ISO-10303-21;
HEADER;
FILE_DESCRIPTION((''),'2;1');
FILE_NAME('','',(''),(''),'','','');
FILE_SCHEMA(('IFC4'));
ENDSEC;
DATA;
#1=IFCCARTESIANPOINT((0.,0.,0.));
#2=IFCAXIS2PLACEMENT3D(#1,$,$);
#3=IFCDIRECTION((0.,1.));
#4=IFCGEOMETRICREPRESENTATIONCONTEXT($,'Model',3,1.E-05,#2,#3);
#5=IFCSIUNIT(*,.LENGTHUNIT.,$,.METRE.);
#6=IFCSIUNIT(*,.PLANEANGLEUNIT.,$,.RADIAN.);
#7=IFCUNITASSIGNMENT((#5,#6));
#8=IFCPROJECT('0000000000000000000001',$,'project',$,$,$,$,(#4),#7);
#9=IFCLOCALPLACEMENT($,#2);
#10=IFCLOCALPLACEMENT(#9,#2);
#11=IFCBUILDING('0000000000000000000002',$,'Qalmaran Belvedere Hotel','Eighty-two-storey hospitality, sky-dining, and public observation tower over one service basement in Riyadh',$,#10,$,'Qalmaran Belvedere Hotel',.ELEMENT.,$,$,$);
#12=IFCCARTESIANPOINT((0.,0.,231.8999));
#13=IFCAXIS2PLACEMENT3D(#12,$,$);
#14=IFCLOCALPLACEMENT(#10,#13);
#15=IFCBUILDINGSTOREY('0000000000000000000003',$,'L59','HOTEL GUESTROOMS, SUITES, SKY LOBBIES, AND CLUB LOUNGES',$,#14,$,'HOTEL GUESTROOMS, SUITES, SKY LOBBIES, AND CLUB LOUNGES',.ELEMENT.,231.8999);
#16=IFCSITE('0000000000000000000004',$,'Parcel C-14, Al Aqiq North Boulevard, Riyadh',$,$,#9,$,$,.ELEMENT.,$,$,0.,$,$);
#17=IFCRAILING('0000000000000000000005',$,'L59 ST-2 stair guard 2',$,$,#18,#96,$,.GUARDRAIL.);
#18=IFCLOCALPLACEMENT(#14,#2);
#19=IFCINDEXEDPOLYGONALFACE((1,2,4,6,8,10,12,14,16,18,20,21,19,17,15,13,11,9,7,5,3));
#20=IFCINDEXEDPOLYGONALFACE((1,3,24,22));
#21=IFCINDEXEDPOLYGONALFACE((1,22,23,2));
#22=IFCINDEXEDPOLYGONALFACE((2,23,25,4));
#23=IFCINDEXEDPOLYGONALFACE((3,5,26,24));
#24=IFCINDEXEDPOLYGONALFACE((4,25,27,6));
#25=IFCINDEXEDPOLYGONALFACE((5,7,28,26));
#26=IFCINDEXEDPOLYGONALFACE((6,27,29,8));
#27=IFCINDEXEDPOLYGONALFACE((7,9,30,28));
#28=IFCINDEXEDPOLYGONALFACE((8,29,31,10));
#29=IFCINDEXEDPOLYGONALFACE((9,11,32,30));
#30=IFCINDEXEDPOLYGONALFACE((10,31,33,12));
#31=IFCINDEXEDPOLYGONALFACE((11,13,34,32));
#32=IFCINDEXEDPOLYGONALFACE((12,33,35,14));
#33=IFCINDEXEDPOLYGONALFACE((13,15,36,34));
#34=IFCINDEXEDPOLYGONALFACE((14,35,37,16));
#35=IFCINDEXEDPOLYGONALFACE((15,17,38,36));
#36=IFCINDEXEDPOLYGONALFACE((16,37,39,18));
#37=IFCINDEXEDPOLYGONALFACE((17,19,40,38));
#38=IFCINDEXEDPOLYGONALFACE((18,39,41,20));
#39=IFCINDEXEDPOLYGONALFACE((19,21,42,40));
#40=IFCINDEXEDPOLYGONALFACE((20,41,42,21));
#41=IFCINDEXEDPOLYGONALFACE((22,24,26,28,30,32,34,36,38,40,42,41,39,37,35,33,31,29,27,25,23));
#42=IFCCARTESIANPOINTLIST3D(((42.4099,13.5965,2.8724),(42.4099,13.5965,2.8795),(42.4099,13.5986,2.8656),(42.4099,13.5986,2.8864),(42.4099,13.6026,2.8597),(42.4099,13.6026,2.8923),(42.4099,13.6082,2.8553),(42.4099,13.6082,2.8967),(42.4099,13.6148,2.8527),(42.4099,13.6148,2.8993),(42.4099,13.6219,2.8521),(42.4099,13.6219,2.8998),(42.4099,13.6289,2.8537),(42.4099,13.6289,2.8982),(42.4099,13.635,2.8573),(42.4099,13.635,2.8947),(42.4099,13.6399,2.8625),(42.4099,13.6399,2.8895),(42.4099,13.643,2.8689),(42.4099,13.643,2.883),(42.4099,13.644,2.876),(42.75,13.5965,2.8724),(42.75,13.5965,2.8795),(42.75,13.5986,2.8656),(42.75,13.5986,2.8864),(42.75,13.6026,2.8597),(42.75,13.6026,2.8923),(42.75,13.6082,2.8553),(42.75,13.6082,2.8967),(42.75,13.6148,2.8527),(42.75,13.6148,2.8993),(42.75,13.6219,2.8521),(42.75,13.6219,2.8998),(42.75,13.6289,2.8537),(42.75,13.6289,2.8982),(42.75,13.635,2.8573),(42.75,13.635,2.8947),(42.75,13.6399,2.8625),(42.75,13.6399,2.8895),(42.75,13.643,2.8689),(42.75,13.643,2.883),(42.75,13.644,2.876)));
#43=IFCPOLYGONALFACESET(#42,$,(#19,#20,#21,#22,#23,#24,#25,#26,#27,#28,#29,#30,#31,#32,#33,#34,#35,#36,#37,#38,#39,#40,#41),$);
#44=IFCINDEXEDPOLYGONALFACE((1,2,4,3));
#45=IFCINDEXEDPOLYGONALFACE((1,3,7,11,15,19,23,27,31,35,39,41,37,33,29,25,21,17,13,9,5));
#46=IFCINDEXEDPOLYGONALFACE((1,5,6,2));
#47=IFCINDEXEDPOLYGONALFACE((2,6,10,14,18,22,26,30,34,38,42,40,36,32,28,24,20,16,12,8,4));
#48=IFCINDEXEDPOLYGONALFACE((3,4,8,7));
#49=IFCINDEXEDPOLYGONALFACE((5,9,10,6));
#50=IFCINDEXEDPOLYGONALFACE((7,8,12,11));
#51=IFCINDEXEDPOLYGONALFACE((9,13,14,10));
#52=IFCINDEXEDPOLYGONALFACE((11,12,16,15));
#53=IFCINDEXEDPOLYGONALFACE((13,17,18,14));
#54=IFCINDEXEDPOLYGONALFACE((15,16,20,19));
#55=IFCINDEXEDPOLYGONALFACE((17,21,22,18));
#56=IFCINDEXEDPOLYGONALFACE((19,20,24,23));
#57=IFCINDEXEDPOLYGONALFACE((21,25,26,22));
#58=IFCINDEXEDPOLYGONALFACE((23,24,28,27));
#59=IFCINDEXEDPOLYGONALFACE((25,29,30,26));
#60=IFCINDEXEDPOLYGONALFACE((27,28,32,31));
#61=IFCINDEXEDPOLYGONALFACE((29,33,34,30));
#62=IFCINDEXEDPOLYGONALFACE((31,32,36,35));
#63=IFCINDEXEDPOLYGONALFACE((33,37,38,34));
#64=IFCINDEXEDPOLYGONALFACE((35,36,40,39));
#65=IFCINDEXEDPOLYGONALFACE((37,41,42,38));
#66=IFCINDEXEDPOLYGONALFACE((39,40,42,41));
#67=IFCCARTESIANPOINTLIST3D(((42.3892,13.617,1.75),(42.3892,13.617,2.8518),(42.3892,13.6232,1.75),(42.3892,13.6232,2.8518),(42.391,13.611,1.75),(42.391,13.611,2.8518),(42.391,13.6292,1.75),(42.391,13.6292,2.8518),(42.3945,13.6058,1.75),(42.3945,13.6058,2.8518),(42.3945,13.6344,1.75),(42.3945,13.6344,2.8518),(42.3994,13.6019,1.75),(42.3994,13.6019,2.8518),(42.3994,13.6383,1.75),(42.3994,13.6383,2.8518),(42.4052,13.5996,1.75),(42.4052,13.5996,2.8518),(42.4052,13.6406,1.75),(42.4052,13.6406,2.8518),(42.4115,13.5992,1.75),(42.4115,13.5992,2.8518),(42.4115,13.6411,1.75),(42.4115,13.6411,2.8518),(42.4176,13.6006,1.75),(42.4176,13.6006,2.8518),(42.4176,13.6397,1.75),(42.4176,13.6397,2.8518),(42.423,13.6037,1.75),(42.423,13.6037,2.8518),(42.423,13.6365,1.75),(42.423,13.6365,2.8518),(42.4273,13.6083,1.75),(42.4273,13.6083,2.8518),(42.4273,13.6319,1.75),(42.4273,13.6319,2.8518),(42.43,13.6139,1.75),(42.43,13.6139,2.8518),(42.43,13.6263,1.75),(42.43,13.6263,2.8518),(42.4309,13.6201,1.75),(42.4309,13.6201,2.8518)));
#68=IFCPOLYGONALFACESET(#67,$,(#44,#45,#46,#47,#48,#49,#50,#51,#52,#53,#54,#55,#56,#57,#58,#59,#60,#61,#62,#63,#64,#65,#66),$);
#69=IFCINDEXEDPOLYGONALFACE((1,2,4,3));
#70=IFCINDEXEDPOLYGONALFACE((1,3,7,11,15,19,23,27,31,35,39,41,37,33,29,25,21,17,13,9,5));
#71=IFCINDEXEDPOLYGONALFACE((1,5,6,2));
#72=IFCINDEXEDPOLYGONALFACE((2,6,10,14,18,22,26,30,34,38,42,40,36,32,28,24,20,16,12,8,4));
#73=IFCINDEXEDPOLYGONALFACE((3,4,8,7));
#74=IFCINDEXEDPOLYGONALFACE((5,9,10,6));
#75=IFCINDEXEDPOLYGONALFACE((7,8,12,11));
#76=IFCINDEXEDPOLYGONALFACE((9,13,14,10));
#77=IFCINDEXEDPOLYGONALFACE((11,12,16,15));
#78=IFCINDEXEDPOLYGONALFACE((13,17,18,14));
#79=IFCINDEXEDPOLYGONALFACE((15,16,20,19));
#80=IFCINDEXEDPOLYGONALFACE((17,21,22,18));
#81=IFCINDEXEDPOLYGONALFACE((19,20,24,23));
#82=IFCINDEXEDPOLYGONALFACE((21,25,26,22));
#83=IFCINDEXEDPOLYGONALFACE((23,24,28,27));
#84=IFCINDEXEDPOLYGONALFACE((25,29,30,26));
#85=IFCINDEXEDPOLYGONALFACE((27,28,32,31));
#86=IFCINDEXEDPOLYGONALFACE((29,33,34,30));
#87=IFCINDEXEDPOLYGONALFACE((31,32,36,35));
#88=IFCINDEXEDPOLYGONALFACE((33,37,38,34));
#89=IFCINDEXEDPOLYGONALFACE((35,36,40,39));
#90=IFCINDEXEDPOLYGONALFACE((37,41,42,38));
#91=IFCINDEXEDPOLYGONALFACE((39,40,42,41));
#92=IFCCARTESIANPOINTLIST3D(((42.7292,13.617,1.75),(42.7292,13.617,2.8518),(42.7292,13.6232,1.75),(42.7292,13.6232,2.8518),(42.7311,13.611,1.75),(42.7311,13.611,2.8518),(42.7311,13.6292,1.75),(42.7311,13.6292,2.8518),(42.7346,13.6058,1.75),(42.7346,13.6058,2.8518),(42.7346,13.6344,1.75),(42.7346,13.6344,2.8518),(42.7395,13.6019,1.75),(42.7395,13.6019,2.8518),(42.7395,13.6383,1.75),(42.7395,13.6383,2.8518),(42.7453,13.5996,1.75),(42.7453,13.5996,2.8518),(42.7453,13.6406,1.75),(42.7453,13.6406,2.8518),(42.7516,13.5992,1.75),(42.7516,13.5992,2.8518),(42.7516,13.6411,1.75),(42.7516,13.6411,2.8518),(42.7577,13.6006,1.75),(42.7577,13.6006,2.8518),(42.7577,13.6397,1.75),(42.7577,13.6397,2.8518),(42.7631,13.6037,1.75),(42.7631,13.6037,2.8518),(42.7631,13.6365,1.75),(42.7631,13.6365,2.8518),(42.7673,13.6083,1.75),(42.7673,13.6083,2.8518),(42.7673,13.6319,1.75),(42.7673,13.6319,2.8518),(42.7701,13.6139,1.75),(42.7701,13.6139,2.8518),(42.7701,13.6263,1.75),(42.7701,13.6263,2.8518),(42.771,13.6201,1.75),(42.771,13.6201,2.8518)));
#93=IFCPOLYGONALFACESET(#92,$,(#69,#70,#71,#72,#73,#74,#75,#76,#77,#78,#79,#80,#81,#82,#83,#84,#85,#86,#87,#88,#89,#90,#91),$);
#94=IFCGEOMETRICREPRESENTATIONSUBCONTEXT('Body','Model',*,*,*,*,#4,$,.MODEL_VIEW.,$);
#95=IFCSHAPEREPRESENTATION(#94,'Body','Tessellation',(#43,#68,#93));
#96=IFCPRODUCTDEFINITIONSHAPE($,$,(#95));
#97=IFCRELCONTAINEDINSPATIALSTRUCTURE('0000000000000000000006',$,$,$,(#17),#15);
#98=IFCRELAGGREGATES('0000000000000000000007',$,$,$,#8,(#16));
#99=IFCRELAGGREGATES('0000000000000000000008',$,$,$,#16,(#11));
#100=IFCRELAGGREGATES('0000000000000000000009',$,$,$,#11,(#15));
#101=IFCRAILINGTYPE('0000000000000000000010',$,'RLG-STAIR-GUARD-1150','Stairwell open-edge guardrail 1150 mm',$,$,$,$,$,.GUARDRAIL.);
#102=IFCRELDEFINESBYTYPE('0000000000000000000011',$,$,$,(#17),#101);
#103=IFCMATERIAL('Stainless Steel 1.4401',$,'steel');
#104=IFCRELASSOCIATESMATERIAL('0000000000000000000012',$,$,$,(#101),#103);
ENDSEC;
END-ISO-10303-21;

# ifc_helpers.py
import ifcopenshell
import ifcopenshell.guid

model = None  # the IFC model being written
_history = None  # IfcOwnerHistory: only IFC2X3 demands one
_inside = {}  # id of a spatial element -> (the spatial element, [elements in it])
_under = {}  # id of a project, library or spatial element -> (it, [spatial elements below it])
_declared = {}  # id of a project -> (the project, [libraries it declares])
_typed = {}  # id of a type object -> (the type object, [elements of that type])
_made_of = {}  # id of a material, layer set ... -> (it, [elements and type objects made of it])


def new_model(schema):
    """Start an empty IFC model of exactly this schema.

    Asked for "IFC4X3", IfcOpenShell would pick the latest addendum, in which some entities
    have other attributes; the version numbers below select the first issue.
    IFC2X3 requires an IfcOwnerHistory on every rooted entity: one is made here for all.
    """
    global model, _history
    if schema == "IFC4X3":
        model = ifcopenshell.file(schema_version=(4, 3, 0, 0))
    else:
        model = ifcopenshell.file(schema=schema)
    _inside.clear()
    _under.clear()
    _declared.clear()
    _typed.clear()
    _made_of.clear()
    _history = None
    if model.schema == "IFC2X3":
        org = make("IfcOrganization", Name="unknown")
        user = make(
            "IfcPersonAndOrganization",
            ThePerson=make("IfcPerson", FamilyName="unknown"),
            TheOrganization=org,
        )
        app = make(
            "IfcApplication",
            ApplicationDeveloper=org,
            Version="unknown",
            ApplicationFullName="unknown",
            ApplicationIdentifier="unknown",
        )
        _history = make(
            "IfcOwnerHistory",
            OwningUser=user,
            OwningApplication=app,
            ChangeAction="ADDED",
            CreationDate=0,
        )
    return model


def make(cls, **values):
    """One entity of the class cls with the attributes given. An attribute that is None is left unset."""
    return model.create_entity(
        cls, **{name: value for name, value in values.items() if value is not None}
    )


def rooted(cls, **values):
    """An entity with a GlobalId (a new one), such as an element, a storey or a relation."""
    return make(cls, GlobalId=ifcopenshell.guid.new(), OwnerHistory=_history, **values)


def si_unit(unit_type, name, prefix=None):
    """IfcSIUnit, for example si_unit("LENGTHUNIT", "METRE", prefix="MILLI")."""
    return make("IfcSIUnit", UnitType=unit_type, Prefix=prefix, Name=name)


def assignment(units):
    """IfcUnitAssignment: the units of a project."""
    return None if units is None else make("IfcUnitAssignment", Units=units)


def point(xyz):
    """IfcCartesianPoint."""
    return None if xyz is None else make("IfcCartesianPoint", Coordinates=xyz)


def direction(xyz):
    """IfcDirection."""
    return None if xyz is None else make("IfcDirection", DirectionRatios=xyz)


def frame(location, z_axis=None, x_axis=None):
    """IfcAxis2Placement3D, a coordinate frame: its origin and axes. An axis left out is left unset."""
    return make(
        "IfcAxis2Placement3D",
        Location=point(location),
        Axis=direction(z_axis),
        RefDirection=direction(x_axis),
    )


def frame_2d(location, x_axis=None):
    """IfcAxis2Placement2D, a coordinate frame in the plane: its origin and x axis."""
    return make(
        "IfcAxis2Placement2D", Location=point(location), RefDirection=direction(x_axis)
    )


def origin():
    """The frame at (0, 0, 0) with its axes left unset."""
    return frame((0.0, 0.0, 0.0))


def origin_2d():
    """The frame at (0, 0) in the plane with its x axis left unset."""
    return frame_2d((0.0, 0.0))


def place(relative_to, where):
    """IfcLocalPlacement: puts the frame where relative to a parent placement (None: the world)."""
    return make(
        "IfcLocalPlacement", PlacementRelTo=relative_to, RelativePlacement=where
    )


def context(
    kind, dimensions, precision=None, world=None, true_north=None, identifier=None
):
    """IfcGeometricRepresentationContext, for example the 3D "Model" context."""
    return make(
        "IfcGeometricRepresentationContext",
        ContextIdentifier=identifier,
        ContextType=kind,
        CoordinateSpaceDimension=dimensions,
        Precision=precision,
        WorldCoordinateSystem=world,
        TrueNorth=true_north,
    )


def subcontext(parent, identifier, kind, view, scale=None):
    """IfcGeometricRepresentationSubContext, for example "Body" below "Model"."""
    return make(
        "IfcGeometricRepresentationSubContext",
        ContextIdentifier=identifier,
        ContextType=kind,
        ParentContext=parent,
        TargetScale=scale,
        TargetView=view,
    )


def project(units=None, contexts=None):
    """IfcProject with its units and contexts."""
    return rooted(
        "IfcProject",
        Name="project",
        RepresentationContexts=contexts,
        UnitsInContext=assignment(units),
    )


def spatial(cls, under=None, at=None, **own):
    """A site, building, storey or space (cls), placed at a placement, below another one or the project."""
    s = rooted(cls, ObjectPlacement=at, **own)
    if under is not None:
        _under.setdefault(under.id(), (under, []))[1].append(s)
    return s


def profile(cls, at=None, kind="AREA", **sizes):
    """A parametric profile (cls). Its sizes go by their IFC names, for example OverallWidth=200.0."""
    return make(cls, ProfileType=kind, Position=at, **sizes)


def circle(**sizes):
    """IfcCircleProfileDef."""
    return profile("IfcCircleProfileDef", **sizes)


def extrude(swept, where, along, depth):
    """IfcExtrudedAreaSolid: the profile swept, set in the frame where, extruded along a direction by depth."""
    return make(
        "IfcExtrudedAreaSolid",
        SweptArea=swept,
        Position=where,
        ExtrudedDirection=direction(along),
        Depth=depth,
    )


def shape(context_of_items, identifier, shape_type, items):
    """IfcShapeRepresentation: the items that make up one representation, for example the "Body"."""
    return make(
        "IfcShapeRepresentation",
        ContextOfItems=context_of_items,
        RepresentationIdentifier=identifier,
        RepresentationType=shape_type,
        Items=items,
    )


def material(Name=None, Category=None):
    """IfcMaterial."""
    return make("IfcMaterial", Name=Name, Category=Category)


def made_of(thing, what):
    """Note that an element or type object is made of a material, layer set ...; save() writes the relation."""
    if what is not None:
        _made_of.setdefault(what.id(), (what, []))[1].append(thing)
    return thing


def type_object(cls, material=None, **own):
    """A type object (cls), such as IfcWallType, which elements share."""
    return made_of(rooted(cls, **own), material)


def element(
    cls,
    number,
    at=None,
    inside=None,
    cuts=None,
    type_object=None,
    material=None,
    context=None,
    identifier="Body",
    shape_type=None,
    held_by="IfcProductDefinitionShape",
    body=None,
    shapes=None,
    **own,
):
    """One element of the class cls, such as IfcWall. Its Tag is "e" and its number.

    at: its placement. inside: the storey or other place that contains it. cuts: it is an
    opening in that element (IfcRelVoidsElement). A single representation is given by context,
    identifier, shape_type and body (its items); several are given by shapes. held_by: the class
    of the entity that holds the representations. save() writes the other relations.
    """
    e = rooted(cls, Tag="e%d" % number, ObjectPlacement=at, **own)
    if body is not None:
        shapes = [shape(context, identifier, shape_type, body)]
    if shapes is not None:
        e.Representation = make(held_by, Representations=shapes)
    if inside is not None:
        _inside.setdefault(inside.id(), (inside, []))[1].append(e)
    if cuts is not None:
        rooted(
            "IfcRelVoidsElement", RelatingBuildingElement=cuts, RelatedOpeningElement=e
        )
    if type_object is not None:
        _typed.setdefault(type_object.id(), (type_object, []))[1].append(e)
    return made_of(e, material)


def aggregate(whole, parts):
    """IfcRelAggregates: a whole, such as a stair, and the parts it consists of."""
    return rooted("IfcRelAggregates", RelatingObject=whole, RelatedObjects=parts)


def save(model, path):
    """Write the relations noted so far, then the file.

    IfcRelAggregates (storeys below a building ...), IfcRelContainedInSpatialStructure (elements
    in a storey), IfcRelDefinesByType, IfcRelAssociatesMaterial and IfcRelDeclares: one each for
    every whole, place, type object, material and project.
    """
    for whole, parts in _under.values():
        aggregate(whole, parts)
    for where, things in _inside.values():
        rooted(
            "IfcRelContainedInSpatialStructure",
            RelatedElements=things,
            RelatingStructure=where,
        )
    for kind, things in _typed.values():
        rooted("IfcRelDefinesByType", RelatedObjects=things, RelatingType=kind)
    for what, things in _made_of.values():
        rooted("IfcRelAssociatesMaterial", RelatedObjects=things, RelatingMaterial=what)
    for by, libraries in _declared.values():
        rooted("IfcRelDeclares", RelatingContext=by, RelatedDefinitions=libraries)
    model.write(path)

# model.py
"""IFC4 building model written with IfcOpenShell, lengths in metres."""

from ifc_helpers import new_model, si_unit, direction, frame, origin, origin_2d, place, context, subcontext, project, spatial, circle, extrude, material, type_object, element, save


model = new_model("IFC4")

# Units and contexts
model_context = context("Model", 3, precision=1e-05, world=origin(), true_north=direction((0.0, 1.0)))
body_context = subcontext(model_context, "Body", "Model", "MODEL_VIEW")
ifc_project = project(units=[si_unit("LENGTHUNIT", "METRE"), si_unit("PLANEANGLEUNIT", "RADIAN")], contexts=[model_context])

# Site, building, storey
site_placement = place(None, origin())
site = spatial("IfcSite", under=ifc_project, at=site_placement, Name="Parcel C-14, Al Aqiq North Boulevard, Riyadh", CompositionType="ELEMENT", RefElevation=0.0)
building_placement = place(site_placement, origin())
building = spatial("IfcBuilding", under=site, at=building_placement, Name="Qalmaran Belvedere Hotel", Description="Eighty-two-storey hospitality, sky-dining, and public observation tower over one service basement in Riyadh", LongName="Qalmaran Belvedere Hotel", CompositionType="ELEMENT")
storey_placement = place(building_placement, frame((0.0, 0.0, 231.8999)))
storey = spatial("IfcBuildingStorey", under=building, at=storey_placement, Name="L59", Description="HOTEL GUESTROOMS, SUITES, SKY LOBBIES, AND CLUB LOUNGES", LongName="HOTEL GUESTROOMS, SUITES, SKY LOBBIES, AND CLUB LOUNGES", CompositionType="ELEMENT", Elevation=231.8999)

# Shared definitions
ifc_material_1 = material(Name="Stainless Steel 1.4401", Category="steel")

# Railing
railing_type_1 = type_object("IfcRailingType", Name="RLG-STAIR-GUARD-1150", Description="Stairwell open-edge guardrail 1150 mm", PredefinedType="GUARDRAIL", material=ifc_material_1)
railing_1_placement = place(storey_placement, frame((42.4099, 13.6201, 1.75)))
element("IfcRailing", 1, at=railing_1_placement, inside=storey, type_object=railing_type_1, Name="L59 ST-2 stair guard 2", PredefinedType="GUARDRAIL", context=body_context, shape_type="SweptSolid", body=[
    extrude(circle(Radius=0.0239, at=origin_2d()), frame((0.0, 0.0, 1.126), z_axis=(1.0, 0.0, 0.0), x_axis=(0.0, 1.0, 0.0)), (0.0, 0.0, 1.0), 0.3401),
    extrude(circle(Radius=0.021, at=origin_2d()), origin(), (0.0, 0.0, 1.0), 1.1018),
    extrude(circle(Radius=0.021, at=origin_2d()), frame((0.3401, 0.0, 0.0)), (0.0, 0.0, 1.0), 1.1018),
])

save(model, "model.ifc")
